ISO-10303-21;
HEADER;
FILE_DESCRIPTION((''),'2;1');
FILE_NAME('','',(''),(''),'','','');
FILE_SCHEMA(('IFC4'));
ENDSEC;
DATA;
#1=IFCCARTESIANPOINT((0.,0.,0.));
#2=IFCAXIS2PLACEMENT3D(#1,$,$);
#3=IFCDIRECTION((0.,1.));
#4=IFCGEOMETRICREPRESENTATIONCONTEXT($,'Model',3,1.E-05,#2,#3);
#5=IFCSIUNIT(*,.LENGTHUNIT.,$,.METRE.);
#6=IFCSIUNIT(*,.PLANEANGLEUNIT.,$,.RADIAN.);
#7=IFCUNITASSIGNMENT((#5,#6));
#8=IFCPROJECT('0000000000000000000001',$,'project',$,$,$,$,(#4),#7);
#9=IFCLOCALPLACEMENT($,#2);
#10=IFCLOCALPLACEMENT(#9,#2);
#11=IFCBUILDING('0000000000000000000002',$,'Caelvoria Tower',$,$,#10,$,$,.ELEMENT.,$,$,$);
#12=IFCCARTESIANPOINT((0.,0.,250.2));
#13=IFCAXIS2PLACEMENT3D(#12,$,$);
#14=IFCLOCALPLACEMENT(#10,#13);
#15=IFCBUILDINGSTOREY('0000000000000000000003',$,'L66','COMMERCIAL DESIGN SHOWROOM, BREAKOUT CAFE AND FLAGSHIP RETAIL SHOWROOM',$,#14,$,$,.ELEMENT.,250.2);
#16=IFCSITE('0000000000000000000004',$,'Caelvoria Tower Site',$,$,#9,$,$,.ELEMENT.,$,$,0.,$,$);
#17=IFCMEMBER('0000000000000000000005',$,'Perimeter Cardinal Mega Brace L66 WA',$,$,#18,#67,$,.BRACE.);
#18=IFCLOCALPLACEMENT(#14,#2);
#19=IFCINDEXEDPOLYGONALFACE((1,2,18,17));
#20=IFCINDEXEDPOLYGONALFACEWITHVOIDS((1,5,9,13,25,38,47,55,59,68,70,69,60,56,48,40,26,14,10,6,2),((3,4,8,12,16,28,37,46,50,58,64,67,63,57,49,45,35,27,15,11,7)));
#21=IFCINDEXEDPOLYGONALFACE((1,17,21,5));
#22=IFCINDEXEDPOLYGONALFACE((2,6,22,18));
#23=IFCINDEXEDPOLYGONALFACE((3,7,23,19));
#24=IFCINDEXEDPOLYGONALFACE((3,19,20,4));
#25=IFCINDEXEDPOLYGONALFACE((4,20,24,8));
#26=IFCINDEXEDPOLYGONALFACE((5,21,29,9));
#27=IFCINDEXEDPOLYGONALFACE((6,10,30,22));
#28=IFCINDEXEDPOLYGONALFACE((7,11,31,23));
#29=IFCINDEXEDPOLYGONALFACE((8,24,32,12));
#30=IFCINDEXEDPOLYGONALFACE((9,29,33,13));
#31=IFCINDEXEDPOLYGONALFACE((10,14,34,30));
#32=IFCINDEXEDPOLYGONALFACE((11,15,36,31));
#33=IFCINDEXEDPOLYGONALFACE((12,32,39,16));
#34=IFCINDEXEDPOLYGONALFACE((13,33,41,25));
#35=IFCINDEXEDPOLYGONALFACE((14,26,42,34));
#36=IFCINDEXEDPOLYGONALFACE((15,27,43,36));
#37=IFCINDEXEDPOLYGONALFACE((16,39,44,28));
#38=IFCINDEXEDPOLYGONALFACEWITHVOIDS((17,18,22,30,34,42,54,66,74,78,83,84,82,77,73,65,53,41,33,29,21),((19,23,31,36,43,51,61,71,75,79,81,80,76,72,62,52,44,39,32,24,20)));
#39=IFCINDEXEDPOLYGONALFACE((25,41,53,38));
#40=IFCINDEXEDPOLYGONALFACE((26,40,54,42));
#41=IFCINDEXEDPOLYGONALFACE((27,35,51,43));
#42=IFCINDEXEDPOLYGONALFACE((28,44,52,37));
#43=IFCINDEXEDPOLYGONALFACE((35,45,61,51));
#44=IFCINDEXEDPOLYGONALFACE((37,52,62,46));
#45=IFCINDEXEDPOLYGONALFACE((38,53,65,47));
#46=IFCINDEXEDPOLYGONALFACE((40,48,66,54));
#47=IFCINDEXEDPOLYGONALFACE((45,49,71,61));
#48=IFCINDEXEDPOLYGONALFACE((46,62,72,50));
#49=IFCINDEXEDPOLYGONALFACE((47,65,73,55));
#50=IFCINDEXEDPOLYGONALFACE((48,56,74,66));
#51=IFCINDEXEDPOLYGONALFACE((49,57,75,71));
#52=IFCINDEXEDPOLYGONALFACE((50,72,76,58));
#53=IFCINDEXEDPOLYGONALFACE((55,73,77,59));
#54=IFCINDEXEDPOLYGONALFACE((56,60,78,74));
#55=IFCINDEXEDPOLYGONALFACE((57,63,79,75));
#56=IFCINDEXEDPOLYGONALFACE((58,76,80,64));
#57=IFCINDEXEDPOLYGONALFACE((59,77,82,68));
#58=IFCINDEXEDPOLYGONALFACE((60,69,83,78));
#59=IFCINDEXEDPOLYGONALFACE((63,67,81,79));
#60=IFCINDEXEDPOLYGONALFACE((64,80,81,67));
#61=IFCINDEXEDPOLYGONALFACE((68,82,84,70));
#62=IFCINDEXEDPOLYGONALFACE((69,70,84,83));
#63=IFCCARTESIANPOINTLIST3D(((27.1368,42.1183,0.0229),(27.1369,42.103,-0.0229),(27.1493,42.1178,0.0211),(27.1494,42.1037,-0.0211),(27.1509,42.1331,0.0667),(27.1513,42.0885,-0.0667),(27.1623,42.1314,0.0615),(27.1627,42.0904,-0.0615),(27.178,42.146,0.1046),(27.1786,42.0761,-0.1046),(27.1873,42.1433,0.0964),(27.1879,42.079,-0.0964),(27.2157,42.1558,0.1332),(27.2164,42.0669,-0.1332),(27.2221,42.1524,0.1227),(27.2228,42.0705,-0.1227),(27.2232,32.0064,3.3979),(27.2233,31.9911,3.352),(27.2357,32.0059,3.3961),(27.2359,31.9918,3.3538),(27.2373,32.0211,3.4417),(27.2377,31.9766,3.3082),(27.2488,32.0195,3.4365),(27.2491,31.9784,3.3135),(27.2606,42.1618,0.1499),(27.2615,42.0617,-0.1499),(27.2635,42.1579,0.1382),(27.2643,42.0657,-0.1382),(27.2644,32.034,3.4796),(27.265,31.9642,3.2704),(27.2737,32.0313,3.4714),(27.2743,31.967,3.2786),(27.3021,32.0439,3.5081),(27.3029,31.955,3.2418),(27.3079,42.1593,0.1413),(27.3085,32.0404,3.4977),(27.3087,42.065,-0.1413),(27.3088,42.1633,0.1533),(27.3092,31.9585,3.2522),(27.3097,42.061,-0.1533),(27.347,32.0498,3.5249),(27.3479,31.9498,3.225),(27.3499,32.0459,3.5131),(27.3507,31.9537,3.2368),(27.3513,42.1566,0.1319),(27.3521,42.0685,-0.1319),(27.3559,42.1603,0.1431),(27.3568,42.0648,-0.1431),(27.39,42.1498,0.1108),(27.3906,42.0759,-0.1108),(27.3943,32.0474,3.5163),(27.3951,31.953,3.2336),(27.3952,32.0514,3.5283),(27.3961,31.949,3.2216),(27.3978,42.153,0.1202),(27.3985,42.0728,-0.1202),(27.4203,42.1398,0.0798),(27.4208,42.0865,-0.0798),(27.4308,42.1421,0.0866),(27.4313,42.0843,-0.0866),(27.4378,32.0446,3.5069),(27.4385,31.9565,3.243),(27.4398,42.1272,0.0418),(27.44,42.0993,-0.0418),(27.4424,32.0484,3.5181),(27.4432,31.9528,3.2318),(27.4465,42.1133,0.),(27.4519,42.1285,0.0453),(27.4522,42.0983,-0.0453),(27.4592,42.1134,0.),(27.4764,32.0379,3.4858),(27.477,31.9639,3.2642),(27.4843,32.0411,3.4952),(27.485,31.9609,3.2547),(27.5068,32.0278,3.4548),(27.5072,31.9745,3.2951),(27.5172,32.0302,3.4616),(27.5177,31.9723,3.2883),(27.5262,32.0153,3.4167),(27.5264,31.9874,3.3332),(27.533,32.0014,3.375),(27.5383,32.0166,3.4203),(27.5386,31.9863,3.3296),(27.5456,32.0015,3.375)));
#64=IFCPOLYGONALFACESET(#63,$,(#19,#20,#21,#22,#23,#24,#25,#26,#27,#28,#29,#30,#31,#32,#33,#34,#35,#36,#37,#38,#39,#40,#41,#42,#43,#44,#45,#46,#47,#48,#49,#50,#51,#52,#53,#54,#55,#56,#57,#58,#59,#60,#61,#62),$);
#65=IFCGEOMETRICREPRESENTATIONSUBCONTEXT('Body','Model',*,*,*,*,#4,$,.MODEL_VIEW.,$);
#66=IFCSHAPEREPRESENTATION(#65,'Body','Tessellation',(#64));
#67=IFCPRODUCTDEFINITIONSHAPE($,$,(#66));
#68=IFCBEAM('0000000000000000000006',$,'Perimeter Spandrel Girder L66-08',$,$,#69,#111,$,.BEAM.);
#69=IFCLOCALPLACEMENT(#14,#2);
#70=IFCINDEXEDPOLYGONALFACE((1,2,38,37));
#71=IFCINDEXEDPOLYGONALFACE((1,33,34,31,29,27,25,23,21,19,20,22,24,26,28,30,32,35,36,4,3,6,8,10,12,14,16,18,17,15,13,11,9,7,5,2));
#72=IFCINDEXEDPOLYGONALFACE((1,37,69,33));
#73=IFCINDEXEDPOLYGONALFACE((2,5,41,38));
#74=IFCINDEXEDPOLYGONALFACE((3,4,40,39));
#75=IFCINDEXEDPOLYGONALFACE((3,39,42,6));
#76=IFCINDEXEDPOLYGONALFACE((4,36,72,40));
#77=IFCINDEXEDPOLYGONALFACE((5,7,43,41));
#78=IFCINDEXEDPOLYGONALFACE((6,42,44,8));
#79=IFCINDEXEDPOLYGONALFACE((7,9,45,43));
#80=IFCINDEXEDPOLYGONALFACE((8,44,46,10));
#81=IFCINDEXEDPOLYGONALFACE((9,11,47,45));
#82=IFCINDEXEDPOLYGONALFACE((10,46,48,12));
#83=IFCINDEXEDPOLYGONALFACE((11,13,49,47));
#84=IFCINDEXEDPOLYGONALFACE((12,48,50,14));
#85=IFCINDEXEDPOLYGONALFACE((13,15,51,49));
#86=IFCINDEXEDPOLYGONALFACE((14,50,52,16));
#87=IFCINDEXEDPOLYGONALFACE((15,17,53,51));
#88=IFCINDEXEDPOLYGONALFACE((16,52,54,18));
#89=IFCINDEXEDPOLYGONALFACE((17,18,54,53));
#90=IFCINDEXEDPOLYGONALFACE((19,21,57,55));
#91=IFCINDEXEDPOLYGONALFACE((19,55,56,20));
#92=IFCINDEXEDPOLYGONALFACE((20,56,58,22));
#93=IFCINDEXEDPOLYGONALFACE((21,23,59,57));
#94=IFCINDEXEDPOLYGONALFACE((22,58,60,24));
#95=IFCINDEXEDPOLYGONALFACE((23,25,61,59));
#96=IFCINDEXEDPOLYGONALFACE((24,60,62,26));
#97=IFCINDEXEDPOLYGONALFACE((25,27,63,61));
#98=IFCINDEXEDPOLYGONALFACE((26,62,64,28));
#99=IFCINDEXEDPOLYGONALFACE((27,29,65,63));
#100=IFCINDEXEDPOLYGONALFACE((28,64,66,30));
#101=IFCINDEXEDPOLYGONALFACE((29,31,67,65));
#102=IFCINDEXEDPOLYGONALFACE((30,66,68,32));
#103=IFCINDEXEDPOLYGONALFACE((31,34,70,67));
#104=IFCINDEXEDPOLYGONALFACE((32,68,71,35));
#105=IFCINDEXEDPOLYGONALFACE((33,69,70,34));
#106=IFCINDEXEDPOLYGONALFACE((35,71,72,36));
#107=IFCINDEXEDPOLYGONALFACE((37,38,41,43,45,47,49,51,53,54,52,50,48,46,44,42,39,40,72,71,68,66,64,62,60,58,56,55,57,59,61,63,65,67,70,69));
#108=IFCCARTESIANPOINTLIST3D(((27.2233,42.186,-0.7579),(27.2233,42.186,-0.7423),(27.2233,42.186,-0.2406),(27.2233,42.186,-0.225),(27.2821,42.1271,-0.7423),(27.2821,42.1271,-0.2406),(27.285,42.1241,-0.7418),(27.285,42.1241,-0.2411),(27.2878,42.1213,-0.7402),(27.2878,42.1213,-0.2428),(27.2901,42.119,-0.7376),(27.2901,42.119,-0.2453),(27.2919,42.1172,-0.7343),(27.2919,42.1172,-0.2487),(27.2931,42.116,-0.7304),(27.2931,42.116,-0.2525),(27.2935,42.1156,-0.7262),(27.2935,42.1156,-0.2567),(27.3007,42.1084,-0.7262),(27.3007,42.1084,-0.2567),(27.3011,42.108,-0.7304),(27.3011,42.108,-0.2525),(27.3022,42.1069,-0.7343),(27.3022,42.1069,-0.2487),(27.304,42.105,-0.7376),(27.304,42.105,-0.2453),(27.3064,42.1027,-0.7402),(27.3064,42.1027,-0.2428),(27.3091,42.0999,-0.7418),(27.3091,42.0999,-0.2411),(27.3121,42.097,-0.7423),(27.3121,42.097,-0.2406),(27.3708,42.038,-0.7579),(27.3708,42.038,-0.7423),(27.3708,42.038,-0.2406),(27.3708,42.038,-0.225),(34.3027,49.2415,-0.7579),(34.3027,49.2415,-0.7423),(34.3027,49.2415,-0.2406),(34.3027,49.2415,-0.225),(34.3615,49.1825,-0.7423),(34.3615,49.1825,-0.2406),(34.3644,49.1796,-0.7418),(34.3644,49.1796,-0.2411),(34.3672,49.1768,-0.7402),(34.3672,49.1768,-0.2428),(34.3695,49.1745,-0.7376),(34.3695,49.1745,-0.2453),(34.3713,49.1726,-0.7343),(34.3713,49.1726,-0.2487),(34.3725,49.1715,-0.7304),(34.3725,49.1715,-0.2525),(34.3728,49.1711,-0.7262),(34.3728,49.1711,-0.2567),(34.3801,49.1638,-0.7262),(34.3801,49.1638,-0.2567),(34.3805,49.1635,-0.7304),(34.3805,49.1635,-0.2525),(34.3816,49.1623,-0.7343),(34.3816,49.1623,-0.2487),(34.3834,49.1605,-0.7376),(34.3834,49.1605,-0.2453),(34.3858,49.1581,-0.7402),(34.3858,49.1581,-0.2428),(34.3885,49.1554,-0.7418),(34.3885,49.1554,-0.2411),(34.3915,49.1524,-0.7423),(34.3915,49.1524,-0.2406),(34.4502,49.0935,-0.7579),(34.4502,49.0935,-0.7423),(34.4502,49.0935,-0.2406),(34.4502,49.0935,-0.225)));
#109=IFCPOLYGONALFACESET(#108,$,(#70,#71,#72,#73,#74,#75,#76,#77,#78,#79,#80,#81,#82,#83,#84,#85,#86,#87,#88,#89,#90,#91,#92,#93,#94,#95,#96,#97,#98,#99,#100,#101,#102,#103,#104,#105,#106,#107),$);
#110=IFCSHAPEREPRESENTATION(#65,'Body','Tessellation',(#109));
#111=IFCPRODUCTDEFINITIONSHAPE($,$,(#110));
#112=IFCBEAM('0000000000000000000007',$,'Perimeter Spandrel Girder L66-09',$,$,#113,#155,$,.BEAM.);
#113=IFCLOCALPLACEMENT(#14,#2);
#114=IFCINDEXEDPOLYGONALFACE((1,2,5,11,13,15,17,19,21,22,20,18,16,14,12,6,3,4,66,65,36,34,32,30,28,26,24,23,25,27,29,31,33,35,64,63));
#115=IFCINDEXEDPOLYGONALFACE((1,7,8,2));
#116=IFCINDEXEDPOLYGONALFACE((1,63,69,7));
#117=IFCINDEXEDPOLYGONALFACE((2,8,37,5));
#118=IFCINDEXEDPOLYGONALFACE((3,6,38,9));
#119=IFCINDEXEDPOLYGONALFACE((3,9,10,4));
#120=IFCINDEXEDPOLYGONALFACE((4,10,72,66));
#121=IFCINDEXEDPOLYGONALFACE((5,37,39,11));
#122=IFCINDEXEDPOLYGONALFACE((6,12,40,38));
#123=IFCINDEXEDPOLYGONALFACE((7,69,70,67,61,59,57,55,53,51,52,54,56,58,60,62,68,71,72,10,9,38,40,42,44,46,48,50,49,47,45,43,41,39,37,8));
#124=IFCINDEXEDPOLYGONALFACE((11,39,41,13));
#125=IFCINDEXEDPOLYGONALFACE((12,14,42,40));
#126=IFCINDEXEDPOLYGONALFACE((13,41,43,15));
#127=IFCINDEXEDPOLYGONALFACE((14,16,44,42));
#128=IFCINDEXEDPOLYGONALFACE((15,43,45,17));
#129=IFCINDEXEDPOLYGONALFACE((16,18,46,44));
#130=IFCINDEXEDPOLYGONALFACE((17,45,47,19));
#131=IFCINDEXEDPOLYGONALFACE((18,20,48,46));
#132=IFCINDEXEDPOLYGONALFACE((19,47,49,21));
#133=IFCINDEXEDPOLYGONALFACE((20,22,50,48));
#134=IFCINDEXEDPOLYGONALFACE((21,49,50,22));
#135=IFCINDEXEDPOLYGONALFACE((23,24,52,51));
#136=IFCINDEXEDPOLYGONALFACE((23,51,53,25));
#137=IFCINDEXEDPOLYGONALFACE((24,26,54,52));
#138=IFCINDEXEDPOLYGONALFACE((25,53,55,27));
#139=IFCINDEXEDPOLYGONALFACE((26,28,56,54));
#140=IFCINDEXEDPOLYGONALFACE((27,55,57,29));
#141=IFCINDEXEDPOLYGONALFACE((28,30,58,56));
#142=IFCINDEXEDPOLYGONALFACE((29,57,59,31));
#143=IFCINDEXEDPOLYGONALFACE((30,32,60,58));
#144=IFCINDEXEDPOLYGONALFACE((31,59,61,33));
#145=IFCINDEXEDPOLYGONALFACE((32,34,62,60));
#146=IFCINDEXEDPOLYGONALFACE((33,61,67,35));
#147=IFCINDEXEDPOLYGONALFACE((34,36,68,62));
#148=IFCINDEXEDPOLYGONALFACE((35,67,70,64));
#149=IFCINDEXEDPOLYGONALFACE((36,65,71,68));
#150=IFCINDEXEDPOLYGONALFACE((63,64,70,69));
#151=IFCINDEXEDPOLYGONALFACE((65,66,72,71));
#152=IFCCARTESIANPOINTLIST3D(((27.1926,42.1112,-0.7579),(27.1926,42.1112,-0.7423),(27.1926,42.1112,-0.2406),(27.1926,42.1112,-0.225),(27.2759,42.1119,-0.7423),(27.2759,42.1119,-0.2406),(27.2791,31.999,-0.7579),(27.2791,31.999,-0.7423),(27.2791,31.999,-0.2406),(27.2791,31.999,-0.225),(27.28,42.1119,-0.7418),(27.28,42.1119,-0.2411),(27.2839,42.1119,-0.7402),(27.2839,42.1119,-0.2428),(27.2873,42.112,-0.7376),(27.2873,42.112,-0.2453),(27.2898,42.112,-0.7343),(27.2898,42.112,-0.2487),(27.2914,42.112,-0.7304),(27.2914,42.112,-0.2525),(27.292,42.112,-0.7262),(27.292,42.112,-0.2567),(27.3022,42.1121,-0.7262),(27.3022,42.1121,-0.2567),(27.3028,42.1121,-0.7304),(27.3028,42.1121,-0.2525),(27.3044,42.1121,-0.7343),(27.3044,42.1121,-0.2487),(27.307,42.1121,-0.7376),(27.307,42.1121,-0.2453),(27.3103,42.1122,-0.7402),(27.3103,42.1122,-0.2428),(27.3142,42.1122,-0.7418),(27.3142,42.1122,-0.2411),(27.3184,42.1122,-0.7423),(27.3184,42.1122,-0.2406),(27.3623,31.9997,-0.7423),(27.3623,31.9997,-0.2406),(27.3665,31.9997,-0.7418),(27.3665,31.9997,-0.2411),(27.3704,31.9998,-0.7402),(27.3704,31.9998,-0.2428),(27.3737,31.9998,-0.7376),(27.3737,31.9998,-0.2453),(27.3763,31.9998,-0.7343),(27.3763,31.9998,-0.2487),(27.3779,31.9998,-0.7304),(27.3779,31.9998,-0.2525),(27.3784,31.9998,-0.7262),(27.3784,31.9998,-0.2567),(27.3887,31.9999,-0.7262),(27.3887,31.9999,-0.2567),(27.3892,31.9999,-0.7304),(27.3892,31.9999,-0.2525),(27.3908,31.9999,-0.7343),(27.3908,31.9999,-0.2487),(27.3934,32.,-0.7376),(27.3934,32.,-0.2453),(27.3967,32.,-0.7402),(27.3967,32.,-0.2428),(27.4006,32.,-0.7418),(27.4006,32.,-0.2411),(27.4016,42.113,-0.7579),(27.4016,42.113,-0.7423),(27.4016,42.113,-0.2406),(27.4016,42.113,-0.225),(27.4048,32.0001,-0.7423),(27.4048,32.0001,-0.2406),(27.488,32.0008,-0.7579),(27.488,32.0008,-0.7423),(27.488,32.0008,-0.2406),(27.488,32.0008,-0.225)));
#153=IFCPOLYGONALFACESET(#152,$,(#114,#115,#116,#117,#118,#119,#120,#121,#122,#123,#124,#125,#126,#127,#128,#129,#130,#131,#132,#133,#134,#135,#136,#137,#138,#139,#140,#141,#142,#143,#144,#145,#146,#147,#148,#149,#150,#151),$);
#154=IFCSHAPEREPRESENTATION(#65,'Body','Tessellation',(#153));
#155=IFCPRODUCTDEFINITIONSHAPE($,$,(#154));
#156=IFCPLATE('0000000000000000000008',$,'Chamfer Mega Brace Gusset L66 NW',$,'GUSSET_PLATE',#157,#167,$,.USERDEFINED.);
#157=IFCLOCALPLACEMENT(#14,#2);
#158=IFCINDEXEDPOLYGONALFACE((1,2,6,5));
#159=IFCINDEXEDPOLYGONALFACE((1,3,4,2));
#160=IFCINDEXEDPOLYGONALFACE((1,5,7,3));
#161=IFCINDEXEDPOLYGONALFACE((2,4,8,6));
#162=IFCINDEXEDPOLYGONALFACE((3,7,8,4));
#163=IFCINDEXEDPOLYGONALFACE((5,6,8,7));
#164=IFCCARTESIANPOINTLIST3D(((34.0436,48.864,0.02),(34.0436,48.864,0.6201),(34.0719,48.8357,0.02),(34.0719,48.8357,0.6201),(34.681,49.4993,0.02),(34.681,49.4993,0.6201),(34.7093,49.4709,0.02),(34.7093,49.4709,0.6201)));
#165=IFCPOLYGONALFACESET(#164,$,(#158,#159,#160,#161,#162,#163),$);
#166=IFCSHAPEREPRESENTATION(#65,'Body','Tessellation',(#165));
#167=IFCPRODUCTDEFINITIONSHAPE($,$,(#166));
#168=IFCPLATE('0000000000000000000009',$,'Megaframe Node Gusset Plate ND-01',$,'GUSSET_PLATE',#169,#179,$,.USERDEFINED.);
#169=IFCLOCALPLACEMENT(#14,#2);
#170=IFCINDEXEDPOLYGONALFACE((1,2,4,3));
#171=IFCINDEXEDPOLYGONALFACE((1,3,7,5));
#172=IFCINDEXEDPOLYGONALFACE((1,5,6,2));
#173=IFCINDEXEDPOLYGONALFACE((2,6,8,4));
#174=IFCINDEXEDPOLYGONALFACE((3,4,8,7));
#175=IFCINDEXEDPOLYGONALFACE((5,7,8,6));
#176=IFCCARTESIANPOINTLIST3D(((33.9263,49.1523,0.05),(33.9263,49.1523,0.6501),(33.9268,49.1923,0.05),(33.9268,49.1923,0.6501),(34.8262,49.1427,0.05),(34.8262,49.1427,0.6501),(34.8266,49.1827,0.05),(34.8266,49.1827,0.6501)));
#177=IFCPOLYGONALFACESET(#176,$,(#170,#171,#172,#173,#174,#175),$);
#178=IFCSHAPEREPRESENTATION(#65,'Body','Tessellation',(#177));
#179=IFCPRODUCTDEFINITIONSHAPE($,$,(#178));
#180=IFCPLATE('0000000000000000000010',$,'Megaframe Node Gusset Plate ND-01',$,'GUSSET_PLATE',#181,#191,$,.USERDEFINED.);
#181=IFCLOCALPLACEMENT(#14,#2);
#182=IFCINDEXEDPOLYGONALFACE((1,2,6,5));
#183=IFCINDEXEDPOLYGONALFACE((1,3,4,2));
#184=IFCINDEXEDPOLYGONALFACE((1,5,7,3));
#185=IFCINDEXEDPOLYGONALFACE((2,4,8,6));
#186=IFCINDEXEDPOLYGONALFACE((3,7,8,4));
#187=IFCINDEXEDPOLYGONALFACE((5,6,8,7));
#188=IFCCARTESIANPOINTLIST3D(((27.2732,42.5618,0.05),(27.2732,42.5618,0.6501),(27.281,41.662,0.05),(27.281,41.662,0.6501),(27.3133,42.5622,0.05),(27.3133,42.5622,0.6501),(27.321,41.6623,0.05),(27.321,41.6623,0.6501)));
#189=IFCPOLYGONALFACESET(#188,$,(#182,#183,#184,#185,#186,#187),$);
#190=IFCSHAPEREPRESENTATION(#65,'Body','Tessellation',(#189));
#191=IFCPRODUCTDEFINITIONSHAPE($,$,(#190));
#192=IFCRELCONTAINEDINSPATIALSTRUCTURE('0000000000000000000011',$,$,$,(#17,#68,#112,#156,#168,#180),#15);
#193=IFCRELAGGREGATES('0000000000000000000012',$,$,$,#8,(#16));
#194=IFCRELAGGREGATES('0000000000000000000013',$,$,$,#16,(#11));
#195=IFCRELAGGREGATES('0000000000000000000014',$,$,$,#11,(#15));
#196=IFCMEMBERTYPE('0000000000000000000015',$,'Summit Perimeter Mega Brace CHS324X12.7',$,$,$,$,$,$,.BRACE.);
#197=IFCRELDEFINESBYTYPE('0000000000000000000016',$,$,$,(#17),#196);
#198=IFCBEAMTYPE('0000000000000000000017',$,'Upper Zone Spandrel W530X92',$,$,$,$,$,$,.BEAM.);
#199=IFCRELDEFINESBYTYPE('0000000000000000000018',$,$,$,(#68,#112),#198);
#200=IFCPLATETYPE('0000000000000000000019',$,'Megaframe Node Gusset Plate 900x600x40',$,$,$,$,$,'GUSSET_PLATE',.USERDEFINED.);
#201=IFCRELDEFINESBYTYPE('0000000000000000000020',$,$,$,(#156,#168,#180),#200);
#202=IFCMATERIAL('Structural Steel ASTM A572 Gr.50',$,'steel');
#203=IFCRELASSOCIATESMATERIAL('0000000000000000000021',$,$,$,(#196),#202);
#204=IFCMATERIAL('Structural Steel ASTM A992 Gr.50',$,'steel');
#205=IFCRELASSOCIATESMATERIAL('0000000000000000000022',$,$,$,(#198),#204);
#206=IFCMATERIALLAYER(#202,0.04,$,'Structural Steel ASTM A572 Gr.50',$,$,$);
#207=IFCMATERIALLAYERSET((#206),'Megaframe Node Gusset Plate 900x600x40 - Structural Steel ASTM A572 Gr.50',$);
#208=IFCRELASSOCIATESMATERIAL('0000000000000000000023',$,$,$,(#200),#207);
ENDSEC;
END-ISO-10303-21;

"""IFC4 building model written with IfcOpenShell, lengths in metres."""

from ifc_helpers import new_model, si_unit, direction, frame, origin, origin_2d, place, context, subcontext, project, spatial, rectangle, hollow_circle, i_section, extrude, material, layer, layer_set, material_profile, profile_set, type_object, element, save


model = new_model("IFC4")

# Units and contexts
model_context = context("Model", 3, precision=1e-05, world=origin(), true_north=direction((0.0, 1.0)))
body_context = subcontext(model_context, "Body", "Model", "MODEL_VIEW")
ifc_project = project(units=[si_unit("LENGTHUNIT", "METRE"), si_unit("PLANEANGLEUNIT", "RADIAN")], contexts=[model_context])

# Site, building, storey
site_placement = place(None, origin())
site = spatial("IfcSite", under=ifc_project, at=site_placement, Name="Caelvoria Tower Site", CompositionType="ELEMENT", RefElevation=0.0)
building_placement = place(site_placement, origin())
building = spatial("IfcBuilding", under=site, at=building_placement, Name="Caelvoria Tower", CompositionType="ELEMENT")
storey_placement = place(building_placement, frame((0.0, 0.0, 250.2)))
storey = spatial("IfcBuildingStorey", under=building, at=storey_placement, Name="L66", Description="COMMERCIAL DESIGN SHOWROOM, BREAKOUT CAFE AND FLAGSHIP RETAIL SHOWROOM", CompositionType="ELEMENT", Elevation=250.2)

# Shared definitions
ifc_material_1 = material(Name="Structural Steel ASTM A572 Gr.50", Category="steel")

# Shared definitions
ifc_material_2 = material(Name="Structural Steel ASTM A992 Gr.50", Category="steel")

# Member
ifc_material_profile_1 = material_profile(ifc_material_1, hollow_circle(Radius=0.1621, WallThickness=0.0127, at=origin_2d()), Name="Structural Steel ASTM A572 Gr.50")
ifc_profile_set_1 = profile_set([ifc_material_profile_1], Name="CHS324X12.7 - Structural Steel ASTM A572 Gr.50")
member_type = type_object("IfcMemberType", Name="Summit Perimeter Mega Brace CHS324X12.7", PredefinedType="BRACE", material=ifc_profile_set_1)
member_1_placement = place(storey_placement, frame((27.2971, 42.1121, 0.0), z_axis=(0.008107, -0.948531, 0.316581), x_axis=(0.999963, 0.008546, 0.0)))
element("IfcMember", 1, at=member_1_placement, inside=storey, type_object=member_type, Name="Perimeter Cardinal Mega Brace L66 WA", PredefinedType="BRACE", context=body_context, shape_type="SweptSolid", body=[
    extrude(hollow_circle(Radius=0.1621, WallThickness=0.0127, at=origin_2d()), origin(), (0.0, 0.0, 1.0), 10.6606),
])

# Beams
ifc_material_profile_2 = material_profile(ifc_material_2, i_section(OverallWidth=0.209, OverallDepth=0.533, WebThickness=0.0103, FlangeThickness=0.0156, FilletRadius=0.0161, at=origin_2d()), Name="Structural Steel ASTM A992 Gr.50")
ifc_profile_set_2 = profile_set([ifc_material_profile_2], Name="W530X92 - Structural Steel ASTM A992 Gr.50")
beam_type_1 = type_object("IfcBeamType", Name="Upper Zone Spandrel W530X92", PredefinedType="BEAM", material=ifc_profile_set_2)
beam_1_placement = place(storey_placement, frame((34.3765, 49.1675, -0.4915), z_axis=(-0.708303, -0.705909, 0.0), x_axis=(0.705909, -0.708303, 0.0)))
element("IfcBeam", 2, at=beam_1_placement, inside=storey, type_object=beam_type_1, Name="Perimeter Spandrel Girder L66-08", PredefinedType="BEAM", context=body_context, shape_type="SweptSolid", body=[
    extrude(i_section(OverallWidth=0.209, OverallDepth=0.533, WebThickness=0.0103, FlangeThickness=0.0156, FilletRadius=0.0161, at=origin_2d()), origin(), (0.0, 0.0, 1.0), 9.9949),
])
beam_2_placement = place(storey_placement, frame((27.2971, 42.1121, -0.4915), z_axis=(0.008546, -0.999963, 0.0), x_axis=(0.999963, 0.008546, 0.0)))
element("IfcBeam", 3, at=beam_2_placement, inside=storey, type_object=beam_type_1, Name="Perimeter Spandrel Girder L66-09", PredefinedType="BEAM", context=body_context, shape_type="SweptSolid", body=[
    extrude(i_section(OverallWidth=0.209, OverallDepth=0.533, WebThickness=0.0103, FlangeThickness=0.0156, FilletRadius=0.0161, at=origin_2d()), origin(), (0.0, 0.0, 1.0), 10.1125),
])

# Plates
ifc_layer_1 = layer(ifc_material_1, 0.04, Name="Structural Steel ASTM A572 Gr.50")
ifc_layer_set_1 = layer_set([ifc_layer_1], Name="Megaframe Node Gusset Plate 900x600x40 - Structural Steel ASTM A572 Gr.50")
plate_type = type_object("IfcPlateType", Name="Megaframe Node Gusset Plate 900x600x40", ElementType="GUSSET_PLATE", PredefinedType="USERDEFINED", material=ifc_layer_set_1)
for number, where, z_axis, x_axis, name in (
    (4, (34.3765, 49.1675, 0.02), (0.0, 0.0, 1.0), (-0.708312, -0.7059, 0.0), "Chamfer Mega Brace Gusset L66 NW"),
    (5, (34.3765, 49.1675, 0.05), (0.0, 0.0, 1.0), (0.999943, -0.01065, 0.0), "Megaframe Node Gusset Plate ND-01"),
    (6, (27.2971, 42.1121, 0.05), (0.0, 0.0, 1.0), (0.008564, -0.999963, 0.0), "Megaframe Node Gusset Plate ND-01"),
):
    element("IfcPlate", number, at=place(storey_placement, frame(where, z_axis=z_axis, x_axis=x_axis)), inside=storey, type_object=plate_type, Name=name, ObjectType="GUSSET_PLATE", PredefinedType="USERDEFINED", context=body_context, shape_type="SweptSolid", body=[
        extrude(rectangle(XDim=0.8999, YDim=0.04, at=origin_2d()), origin(), (0.0, 0.0, 1.0), 0.6001),
    ])

save(model, "model.ifc")
